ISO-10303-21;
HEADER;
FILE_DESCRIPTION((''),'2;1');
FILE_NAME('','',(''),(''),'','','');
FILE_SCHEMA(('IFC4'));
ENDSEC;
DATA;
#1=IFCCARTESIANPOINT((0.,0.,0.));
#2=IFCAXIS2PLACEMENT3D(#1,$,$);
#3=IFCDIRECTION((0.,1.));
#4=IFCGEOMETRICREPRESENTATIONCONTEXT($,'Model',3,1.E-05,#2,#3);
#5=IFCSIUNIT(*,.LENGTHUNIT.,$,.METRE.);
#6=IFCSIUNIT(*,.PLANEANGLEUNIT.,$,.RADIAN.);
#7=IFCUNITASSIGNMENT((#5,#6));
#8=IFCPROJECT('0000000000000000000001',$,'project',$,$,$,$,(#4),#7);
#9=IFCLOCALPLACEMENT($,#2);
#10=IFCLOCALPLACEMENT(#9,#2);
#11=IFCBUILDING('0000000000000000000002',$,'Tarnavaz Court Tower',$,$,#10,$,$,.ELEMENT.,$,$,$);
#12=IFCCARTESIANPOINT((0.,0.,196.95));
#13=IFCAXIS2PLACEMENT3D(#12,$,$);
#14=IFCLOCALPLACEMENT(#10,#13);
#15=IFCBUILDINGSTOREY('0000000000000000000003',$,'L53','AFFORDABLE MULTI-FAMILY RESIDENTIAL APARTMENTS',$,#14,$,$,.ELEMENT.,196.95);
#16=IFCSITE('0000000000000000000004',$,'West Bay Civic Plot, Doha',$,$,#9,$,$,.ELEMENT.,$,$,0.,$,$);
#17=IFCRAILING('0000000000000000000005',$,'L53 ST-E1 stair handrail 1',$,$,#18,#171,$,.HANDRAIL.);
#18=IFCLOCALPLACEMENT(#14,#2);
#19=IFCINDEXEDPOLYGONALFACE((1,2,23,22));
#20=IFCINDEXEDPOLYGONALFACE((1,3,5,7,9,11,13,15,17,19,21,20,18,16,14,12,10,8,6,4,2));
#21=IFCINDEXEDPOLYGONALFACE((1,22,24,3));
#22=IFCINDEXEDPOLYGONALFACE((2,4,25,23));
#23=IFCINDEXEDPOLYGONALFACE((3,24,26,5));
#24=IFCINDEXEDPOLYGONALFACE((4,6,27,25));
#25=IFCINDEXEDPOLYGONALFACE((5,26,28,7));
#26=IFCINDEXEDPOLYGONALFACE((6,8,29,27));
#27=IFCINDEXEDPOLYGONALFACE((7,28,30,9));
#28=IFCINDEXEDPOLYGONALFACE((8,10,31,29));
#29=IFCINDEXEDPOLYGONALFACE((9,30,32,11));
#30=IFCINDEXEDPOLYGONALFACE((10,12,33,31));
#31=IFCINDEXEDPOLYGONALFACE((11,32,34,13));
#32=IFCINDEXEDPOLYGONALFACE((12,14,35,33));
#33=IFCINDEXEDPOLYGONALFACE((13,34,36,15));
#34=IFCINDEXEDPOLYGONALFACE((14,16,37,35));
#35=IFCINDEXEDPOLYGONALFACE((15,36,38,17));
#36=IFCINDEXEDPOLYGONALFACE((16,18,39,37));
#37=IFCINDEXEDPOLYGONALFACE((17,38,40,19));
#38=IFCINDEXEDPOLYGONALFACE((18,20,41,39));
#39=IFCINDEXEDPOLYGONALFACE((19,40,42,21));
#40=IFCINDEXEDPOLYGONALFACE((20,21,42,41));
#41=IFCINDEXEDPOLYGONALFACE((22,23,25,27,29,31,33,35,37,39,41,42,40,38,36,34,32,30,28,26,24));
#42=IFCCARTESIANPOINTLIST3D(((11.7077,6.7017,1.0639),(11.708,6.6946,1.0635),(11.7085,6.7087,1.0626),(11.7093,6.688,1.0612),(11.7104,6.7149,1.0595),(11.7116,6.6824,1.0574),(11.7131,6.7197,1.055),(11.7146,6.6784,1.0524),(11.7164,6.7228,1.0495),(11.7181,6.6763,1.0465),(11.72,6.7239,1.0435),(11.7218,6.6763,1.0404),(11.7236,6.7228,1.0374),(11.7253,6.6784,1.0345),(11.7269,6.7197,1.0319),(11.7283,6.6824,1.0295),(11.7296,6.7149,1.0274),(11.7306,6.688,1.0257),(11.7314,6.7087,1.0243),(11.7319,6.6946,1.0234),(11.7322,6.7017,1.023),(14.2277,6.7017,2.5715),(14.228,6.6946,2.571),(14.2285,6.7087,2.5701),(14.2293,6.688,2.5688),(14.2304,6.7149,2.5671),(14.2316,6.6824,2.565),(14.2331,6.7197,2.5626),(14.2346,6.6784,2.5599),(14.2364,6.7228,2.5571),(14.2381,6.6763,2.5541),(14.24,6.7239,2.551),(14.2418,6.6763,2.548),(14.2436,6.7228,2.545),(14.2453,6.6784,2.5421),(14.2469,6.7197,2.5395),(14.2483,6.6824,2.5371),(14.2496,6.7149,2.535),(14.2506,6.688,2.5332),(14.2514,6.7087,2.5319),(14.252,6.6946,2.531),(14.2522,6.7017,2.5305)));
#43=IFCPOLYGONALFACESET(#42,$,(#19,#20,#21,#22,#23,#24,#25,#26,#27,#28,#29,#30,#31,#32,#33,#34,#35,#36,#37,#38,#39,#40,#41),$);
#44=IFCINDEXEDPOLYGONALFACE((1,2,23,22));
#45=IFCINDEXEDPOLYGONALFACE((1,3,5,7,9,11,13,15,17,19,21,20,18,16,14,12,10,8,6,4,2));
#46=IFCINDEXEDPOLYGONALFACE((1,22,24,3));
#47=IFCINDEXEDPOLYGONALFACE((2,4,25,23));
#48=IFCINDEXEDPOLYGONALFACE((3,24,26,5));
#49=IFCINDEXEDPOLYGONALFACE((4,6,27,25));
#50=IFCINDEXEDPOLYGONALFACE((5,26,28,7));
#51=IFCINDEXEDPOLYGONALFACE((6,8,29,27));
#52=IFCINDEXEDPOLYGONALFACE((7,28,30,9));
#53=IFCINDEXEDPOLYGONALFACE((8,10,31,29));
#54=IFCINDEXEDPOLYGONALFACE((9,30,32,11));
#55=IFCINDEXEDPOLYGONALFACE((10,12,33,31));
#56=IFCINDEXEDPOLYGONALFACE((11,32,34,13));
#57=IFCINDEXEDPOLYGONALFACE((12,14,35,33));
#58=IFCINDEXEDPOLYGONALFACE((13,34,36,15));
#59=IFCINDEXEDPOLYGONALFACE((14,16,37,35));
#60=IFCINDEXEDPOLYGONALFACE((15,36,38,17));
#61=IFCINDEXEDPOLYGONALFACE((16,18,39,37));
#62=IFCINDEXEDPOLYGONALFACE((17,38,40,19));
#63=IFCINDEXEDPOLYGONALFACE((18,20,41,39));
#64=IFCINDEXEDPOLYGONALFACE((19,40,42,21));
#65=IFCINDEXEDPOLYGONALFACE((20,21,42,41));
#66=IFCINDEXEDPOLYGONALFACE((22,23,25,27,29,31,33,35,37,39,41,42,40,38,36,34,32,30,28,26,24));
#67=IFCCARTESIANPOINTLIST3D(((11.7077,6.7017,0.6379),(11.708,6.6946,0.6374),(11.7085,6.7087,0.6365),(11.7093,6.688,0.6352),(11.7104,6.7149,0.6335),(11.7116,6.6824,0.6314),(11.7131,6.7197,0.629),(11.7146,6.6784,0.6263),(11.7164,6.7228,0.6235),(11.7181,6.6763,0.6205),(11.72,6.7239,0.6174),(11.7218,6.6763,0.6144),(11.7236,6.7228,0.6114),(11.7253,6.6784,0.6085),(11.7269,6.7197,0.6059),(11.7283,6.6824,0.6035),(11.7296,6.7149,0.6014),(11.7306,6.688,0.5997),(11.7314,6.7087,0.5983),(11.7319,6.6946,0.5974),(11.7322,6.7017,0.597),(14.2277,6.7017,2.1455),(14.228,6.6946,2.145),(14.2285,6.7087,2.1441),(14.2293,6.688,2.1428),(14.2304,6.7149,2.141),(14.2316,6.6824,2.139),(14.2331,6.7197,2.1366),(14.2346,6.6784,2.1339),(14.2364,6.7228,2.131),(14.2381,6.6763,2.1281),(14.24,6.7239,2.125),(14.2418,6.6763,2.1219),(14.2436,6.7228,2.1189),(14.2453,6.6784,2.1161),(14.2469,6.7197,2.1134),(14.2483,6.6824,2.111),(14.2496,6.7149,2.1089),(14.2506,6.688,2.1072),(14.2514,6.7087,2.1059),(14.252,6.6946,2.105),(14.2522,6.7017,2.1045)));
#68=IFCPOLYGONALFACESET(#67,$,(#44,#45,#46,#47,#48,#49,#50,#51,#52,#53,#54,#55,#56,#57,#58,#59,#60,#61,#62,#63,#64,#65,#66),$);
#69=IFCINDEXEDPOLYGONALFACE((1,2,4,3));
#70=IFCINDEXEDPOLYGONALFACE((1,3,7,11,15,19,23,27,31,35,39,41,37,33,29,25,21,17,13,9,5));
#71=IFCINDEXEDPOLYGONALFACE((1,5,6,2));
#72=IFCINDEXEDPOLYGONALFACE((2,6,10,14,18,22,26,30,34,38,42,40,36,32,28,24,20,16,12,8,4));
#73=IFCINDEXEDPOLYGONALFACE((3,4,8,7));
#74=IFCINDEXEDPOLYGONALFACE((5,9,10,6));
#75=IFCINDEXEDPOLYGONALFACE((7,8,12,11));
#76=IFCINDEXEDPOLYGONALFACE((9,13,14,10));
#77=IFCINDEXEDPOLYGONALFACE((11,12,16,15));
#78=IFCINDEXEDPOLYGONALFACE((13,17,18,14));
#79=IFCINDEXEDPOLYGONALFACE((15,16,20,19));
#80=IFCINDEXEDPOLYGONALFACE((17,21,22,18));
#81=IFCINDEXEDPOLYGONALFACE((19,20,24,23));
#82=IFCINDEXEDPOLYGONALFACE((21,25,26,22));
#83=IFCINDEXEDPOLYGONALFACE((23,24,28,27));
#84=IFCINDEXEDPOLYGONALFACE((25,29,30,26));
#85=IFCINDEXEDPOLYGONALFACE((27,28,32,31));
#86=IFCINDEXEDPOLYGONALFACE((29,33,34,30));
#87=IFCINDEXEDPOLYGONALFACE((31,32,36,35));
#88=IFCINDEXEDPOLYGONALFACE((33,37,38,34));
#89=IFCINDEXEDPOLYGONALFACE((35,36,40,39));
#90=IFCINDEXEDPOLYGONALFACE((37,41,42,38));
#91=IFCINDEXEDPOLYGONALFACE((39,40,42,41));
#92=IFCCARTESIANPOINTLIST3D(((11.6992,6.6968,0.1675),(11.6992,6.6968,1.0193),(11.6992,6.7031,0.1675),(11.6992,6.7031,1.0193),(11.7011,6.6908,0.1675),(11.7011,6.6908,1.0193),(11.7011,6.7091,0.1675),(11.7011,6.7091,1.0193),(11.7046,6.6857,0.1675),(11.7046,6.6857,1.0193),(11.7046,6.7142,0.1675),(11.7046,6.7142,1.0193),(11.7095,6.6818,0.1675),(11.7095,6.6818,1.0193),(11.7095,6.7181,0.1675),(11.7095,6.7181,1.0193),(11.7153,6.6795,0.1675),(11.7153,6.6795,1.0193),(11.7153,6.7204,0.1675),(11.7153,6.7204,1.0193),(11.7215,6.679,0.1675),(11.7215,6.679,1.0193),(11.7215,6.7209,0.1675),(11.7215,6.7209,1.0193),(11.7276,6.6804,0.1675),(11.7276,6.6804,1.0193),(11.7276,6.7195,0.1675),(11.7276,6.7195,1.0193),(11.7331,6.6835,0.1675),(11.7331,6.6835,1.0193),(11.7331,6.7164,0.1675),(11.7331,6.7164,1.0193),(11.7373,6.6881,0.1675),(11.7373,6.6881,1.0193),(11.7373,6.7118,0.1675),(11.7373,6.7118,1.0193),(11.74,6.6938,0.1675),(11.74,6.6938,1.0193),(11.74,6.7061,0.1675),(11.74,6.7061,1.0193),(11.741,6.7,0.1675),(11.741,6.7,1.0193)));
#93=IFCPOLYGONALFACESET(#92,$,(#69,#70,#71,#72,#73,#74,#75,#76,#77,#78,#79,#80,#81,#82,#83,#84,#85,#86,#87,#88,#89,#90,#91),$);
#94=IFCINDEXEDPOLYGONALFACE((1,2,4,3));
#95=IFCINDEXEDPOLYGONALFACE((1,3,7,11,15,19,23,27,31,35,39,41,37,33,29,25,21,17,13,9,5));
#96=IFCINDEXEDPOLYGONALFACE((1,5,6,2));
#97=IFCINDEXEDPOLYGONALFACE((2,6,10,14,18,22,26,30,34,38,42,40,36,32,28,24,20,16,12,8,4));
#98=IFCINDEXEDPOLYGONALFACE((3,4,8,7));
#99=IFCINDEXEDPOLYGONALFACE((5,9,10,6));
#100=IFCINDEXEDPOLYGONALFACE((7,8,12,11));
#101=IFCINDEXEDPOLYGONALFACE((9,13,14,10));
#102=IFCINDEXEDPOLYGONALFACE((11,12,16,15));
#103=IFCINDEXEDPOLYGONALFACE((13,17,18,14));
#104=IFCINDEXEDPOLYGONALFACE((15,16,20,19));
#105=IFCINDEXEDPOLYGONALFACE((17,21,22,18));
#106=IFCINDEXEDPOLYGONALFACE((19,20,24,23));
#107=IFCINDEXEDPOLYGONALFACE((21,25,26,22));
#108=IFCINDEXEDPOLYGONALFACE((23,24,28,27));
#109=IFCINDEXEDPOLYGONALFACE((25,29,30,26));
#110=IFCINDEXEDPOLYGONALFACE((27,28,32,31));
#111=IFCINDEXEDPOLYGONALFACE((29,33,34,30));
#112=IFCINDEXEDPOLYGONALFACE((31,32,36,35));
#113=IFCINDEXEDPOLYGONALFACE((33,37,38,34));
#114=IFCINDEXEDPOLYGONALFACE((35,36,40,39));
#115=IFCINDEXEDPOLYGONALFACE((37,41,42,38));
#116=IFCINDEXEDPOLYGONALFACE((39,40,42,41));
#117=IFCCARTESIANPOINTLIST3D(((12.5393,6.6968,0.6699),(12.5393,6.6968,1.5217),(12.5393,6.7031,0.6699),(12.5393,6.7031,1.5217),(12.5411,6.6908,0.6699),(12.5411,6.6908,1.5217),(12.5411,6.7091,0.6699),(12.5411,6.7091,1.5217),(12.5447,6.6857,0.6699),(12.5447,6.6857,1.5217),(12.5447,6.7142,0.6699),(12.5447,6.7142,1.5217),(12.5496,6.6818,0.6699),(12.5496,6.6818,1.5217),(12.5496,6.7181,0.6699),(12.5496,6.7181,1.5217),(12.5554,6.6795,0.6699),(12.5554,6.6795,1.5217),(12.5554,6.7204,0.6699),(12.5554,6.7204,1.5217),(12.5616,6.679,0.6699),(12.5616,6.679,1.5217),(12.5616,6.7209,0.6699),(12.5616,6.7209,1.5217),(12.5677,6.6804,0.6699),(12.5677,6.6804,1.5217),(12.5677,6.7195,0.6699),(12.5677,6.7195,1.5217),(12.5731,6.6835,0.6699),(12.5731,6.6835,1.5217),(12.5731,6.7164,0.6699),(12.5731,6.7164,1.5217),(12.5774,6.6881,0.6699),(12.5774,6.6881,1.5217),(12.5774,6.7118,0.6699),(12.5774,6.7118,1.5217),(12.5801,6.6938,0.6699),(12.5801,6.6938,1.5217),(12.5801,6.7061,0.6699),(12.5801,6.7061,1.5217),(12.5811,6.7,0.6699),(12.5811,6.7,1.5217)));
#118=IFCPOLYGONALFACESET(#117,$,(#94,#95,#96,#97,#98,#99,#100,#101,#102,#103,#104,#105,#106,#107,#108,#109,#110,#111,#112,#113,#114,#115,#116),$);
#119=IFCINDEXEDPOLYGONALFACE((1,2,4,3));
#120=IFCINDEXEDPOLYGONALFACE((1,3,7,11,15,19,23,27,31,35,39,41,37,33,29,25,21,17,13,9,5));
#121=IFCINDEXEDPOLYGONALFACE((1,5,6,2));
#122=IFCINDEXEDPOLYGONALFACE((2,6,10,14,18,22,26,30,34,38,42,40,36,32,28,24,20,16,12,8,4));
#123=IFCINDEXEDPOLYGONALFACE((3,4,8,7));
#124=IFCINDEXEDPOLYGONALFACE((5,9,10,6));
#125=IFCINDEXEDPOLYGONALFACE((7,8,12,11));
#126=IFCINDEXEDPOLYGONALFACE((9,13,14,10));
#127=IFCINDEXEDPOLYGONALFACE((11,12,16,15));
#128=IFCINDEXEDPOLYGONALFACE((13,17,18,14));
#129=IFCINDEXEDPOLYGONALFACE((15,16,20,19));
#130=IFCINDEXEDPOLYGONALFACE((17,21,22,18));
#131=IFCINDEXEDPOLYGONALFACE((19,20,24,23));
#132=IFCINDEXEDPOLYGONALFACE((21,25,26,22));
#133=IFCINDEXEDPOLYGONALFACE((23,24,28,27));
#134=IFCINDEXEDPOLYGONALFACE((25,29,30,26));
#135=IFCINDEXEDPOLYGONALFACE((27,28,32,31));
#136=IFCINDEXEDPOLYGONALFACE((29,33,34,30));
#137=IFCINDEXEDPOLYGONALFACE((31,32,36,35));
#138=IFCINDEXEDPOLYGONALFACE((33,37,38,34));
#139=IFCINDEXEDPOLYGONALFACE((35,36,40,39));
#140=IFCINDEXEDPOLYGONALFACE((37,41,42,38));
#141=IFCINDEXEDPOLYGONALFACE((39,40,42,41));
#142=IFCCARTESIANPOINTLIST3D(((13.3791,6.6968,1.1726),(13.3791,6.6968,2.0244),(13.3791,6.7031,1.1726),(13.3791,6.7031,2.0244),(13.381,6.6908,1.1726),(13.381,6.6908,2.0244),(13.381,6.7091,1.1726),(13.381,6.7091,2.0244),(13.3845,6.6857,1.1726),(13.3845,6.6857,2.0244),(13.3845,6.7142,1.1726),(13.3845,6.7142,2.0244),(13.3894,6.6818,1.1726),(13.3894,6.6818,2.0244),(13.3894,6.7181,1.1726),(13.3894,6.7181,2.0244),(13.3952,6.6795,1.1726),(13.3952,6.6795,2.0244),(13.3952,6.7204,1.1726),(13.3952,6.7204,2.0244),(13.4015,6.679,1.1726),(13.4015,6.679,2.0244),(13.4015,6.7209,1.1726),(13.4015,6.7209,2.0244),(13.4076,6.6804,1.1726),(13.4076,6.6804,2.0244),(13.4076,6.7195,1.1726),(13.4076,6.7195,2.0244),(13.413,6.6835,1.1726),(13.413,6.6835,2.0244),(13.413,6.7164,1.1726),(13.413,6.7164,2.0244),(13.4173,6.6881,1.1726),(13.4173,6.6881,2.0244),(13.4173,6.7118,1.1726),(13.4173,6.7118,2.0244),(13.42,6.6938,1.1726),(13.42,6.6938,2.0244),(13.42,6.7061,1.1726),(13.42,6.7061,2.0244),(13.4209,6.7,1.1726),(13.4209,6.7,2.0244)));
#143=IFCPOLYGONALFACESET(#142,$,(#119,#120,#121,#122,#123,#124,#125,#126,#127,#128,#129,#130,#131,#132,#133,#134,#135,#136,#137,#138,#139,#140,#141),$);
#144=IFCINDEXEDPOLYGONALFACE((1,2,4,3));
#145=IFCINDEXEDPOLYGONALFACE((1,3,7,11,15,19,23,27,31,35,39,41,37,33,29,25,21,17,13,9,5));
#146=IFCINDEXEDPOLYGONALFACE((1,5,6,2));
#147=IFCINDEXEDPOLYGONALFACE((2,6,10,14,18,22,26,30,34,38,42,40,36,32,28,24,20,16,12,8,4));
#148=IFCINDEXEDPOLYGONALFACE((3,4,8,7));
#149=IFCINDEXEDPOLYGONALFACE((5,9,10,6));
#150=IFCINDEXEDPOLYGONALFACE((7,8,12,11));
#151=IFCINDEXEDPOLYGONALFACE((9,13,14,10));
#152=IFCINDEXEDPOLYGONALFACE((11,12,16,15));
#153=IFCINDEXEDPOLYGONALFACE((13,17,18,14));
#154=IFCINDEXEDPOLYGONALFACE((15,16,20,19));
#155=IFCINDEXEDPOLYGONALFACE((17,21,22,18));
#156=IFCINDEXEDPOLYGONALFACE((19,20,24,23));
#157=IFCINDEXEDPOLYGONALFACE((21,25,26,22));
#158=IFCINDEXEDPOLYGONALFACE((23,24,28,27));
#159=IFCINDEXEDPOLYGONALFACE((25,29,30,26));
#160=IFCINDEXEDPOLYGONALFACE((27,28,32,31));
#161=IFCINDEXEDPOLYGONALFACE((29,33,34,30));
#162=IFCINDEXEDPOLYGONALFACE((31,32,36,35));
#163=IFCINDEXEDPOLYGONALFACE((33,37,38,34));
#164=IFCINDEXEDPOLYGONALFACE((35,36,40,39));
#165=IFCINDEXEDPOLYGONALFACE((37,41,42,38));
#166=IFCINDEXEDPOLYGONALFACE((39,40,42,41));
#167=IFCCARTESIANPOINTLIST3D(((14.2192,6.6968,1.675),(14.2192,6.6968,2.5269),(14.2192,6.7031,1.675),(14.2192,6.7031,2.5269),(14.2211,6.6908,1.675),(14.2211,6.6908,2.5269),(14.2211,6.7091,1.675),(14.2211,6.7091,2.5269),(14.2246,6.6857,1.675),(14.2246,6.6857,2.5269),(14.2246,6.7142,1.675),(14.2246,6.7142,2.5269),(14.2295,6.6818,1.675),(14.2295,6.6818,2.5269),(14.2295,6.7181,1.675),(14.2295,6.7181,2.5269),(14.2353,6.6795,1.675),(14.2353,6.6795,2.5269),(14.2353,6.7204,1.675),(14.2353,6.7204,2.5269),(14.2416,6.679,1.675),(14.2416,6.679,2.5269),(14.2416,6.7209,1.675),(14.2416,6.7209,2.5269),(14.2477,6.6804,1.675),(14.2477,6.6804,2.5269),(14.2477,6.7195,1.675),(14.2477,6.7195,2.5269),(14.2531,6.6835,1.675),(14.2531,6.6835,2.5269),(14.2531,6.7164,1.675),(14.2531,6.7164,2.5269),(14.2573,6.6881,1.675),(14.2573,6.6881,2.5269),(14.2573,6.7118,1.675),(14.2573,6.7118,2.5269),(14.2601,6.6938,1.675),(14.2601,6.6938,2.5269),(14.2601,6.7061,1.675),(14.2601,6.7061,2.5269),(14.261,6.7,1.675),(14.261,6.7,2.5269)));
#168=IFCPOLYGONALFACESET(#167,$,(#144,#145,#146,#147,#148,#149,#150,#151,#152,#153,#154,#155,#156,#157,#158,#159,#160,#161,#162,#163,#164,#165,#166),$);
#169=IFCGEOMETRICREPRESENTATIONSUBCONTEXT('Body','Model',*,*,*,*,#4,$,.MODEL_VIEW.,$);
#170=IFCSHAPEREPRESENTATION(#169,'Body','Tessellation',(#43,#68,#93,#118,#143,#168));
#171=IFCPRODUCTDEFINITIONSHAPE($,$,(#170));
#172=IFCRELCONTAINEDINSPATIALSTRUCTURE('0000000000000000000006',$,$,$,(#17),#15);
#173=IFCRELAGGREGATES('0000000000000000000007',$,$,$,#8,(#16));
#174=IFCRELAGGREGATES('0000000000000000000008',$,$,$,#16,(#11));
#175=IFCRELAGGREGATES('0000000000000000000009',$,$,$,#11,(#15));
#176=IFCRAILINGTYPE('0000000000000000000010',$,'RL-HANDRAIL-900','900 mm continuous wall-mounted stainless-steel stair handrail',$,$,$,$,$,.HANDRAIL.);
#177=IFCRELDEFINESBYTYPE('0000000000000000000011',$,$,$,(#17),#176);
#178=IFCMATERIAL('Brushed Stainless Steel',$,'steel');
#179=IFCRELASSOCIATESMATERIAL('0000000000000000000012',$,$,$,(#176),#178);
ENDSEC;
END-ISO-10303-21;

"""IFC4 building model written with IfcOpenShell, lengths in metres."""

from ifc_helpers import new_model, si_unit, direction, frame, origin, origin_2d, place, context, subcontext, project, spatial, circle, extrude, material, type_object, element, save


model = new_model("IFC4")

# Units and contexts
model_context = context("Model", 3, precision=1e-05, world=origin(), true_north=direction((0.0, 1.0)))
body_context = subcontext(model_context, "Body", "Model", "MODEL_VIEW")
ifc_project = project(units=[si_unit("LENGTHUNIT", "METRE"), si_unit("PLANEANGLEUNIT", "RADIAN")], contexts=[model_context])

# Site, building, storey
site_placement = place(None, origin())
site = spatial("IfcSite", under=ifc_project, at=site_placement, Name="West Bay Civic Plot, Doha", CompositionType="ELEMENT", RefElevation=0.0)
building_placement = place(site_placement, origin())
building = spatial("IfcBuilding", under=site, at=building_placement, Name="Tarnavaz Court Tower", CompositionType="ELEMENT")
storey_placement = place(building_placement, frame((0.0, 0.0, 196.95)))
storey = spatial("IfcBuildingStorey", under=building, at=storey_placement, Name="L53", Description="AFFORDABLE MULTI-FAMILY RESIDENTIAL APARTMENTS", CompositionType="ELEMENT", Elevation=196.95)

# Railing
ifc_material_1 = material(Name="Brushed Stainless Steel", Category="steel")
railing_type_1 = type_object("IfcRailingType", Name="RL-HANDRAIL-900", Description="900 mm continuous wall-mounted stainless-steel stair handrail", PredefinedType="HANDRAIL", material=ifc_material_1)
railing_1_placement = place(storey_placement, frame((11.72, 6.7, 0.1675)))
element("IfcRailing", 1, at=railing_1_placement, inside=storey, type_object=railing_type_1, Name="L53 ST-E1 stair handrail 1", PredefinedType="HANDRAIL", context=body_context, shape_type="SweptSolid", body=[
    extrude(circle(Radius=0.0239, at=origin_2d()), frame((0.0, 0.0, 0.876), z_axis=(0.85816, 0.0, 0.513383), x_axis=(0.0, 1.0, 0.0)), (0.0, 0.0, 1.0), 2.9365),
    extrude(circle(Radius=0.0239, at=origin_2d()), frame((0.0, 0.0, 0.45), z_axis=(0.85816, 0.0, 0.513383), x_axis=(0.0, 1.0, 0.0)), (0.0, 0.0, 1.0), 2.9365),
    extrude(circle(Radius=0.021, at=origin_2d()), origin(), (0.0, 0.0, 1.0), 0.8518),
    extrude(circle(Radius=0.021, at=origin_2d()), frame((0.8401, 0.0, 0.5024)), (0.0, 0.0, 1.0), 0.8518),
    extrude(circle(Radius=0.021, at=origin_2d()), frame((1.6799, 0.0, 1.0051)), (0.0, 0.0, 1.0), 0.8518),
    extrude(circle(Radius=0.021, at=origin_2d()), frame((2.52, 0.0, 1.5076)), (0.0, 0.0, 1.0), 0.8518),
])

save(model, "model.ifc")
